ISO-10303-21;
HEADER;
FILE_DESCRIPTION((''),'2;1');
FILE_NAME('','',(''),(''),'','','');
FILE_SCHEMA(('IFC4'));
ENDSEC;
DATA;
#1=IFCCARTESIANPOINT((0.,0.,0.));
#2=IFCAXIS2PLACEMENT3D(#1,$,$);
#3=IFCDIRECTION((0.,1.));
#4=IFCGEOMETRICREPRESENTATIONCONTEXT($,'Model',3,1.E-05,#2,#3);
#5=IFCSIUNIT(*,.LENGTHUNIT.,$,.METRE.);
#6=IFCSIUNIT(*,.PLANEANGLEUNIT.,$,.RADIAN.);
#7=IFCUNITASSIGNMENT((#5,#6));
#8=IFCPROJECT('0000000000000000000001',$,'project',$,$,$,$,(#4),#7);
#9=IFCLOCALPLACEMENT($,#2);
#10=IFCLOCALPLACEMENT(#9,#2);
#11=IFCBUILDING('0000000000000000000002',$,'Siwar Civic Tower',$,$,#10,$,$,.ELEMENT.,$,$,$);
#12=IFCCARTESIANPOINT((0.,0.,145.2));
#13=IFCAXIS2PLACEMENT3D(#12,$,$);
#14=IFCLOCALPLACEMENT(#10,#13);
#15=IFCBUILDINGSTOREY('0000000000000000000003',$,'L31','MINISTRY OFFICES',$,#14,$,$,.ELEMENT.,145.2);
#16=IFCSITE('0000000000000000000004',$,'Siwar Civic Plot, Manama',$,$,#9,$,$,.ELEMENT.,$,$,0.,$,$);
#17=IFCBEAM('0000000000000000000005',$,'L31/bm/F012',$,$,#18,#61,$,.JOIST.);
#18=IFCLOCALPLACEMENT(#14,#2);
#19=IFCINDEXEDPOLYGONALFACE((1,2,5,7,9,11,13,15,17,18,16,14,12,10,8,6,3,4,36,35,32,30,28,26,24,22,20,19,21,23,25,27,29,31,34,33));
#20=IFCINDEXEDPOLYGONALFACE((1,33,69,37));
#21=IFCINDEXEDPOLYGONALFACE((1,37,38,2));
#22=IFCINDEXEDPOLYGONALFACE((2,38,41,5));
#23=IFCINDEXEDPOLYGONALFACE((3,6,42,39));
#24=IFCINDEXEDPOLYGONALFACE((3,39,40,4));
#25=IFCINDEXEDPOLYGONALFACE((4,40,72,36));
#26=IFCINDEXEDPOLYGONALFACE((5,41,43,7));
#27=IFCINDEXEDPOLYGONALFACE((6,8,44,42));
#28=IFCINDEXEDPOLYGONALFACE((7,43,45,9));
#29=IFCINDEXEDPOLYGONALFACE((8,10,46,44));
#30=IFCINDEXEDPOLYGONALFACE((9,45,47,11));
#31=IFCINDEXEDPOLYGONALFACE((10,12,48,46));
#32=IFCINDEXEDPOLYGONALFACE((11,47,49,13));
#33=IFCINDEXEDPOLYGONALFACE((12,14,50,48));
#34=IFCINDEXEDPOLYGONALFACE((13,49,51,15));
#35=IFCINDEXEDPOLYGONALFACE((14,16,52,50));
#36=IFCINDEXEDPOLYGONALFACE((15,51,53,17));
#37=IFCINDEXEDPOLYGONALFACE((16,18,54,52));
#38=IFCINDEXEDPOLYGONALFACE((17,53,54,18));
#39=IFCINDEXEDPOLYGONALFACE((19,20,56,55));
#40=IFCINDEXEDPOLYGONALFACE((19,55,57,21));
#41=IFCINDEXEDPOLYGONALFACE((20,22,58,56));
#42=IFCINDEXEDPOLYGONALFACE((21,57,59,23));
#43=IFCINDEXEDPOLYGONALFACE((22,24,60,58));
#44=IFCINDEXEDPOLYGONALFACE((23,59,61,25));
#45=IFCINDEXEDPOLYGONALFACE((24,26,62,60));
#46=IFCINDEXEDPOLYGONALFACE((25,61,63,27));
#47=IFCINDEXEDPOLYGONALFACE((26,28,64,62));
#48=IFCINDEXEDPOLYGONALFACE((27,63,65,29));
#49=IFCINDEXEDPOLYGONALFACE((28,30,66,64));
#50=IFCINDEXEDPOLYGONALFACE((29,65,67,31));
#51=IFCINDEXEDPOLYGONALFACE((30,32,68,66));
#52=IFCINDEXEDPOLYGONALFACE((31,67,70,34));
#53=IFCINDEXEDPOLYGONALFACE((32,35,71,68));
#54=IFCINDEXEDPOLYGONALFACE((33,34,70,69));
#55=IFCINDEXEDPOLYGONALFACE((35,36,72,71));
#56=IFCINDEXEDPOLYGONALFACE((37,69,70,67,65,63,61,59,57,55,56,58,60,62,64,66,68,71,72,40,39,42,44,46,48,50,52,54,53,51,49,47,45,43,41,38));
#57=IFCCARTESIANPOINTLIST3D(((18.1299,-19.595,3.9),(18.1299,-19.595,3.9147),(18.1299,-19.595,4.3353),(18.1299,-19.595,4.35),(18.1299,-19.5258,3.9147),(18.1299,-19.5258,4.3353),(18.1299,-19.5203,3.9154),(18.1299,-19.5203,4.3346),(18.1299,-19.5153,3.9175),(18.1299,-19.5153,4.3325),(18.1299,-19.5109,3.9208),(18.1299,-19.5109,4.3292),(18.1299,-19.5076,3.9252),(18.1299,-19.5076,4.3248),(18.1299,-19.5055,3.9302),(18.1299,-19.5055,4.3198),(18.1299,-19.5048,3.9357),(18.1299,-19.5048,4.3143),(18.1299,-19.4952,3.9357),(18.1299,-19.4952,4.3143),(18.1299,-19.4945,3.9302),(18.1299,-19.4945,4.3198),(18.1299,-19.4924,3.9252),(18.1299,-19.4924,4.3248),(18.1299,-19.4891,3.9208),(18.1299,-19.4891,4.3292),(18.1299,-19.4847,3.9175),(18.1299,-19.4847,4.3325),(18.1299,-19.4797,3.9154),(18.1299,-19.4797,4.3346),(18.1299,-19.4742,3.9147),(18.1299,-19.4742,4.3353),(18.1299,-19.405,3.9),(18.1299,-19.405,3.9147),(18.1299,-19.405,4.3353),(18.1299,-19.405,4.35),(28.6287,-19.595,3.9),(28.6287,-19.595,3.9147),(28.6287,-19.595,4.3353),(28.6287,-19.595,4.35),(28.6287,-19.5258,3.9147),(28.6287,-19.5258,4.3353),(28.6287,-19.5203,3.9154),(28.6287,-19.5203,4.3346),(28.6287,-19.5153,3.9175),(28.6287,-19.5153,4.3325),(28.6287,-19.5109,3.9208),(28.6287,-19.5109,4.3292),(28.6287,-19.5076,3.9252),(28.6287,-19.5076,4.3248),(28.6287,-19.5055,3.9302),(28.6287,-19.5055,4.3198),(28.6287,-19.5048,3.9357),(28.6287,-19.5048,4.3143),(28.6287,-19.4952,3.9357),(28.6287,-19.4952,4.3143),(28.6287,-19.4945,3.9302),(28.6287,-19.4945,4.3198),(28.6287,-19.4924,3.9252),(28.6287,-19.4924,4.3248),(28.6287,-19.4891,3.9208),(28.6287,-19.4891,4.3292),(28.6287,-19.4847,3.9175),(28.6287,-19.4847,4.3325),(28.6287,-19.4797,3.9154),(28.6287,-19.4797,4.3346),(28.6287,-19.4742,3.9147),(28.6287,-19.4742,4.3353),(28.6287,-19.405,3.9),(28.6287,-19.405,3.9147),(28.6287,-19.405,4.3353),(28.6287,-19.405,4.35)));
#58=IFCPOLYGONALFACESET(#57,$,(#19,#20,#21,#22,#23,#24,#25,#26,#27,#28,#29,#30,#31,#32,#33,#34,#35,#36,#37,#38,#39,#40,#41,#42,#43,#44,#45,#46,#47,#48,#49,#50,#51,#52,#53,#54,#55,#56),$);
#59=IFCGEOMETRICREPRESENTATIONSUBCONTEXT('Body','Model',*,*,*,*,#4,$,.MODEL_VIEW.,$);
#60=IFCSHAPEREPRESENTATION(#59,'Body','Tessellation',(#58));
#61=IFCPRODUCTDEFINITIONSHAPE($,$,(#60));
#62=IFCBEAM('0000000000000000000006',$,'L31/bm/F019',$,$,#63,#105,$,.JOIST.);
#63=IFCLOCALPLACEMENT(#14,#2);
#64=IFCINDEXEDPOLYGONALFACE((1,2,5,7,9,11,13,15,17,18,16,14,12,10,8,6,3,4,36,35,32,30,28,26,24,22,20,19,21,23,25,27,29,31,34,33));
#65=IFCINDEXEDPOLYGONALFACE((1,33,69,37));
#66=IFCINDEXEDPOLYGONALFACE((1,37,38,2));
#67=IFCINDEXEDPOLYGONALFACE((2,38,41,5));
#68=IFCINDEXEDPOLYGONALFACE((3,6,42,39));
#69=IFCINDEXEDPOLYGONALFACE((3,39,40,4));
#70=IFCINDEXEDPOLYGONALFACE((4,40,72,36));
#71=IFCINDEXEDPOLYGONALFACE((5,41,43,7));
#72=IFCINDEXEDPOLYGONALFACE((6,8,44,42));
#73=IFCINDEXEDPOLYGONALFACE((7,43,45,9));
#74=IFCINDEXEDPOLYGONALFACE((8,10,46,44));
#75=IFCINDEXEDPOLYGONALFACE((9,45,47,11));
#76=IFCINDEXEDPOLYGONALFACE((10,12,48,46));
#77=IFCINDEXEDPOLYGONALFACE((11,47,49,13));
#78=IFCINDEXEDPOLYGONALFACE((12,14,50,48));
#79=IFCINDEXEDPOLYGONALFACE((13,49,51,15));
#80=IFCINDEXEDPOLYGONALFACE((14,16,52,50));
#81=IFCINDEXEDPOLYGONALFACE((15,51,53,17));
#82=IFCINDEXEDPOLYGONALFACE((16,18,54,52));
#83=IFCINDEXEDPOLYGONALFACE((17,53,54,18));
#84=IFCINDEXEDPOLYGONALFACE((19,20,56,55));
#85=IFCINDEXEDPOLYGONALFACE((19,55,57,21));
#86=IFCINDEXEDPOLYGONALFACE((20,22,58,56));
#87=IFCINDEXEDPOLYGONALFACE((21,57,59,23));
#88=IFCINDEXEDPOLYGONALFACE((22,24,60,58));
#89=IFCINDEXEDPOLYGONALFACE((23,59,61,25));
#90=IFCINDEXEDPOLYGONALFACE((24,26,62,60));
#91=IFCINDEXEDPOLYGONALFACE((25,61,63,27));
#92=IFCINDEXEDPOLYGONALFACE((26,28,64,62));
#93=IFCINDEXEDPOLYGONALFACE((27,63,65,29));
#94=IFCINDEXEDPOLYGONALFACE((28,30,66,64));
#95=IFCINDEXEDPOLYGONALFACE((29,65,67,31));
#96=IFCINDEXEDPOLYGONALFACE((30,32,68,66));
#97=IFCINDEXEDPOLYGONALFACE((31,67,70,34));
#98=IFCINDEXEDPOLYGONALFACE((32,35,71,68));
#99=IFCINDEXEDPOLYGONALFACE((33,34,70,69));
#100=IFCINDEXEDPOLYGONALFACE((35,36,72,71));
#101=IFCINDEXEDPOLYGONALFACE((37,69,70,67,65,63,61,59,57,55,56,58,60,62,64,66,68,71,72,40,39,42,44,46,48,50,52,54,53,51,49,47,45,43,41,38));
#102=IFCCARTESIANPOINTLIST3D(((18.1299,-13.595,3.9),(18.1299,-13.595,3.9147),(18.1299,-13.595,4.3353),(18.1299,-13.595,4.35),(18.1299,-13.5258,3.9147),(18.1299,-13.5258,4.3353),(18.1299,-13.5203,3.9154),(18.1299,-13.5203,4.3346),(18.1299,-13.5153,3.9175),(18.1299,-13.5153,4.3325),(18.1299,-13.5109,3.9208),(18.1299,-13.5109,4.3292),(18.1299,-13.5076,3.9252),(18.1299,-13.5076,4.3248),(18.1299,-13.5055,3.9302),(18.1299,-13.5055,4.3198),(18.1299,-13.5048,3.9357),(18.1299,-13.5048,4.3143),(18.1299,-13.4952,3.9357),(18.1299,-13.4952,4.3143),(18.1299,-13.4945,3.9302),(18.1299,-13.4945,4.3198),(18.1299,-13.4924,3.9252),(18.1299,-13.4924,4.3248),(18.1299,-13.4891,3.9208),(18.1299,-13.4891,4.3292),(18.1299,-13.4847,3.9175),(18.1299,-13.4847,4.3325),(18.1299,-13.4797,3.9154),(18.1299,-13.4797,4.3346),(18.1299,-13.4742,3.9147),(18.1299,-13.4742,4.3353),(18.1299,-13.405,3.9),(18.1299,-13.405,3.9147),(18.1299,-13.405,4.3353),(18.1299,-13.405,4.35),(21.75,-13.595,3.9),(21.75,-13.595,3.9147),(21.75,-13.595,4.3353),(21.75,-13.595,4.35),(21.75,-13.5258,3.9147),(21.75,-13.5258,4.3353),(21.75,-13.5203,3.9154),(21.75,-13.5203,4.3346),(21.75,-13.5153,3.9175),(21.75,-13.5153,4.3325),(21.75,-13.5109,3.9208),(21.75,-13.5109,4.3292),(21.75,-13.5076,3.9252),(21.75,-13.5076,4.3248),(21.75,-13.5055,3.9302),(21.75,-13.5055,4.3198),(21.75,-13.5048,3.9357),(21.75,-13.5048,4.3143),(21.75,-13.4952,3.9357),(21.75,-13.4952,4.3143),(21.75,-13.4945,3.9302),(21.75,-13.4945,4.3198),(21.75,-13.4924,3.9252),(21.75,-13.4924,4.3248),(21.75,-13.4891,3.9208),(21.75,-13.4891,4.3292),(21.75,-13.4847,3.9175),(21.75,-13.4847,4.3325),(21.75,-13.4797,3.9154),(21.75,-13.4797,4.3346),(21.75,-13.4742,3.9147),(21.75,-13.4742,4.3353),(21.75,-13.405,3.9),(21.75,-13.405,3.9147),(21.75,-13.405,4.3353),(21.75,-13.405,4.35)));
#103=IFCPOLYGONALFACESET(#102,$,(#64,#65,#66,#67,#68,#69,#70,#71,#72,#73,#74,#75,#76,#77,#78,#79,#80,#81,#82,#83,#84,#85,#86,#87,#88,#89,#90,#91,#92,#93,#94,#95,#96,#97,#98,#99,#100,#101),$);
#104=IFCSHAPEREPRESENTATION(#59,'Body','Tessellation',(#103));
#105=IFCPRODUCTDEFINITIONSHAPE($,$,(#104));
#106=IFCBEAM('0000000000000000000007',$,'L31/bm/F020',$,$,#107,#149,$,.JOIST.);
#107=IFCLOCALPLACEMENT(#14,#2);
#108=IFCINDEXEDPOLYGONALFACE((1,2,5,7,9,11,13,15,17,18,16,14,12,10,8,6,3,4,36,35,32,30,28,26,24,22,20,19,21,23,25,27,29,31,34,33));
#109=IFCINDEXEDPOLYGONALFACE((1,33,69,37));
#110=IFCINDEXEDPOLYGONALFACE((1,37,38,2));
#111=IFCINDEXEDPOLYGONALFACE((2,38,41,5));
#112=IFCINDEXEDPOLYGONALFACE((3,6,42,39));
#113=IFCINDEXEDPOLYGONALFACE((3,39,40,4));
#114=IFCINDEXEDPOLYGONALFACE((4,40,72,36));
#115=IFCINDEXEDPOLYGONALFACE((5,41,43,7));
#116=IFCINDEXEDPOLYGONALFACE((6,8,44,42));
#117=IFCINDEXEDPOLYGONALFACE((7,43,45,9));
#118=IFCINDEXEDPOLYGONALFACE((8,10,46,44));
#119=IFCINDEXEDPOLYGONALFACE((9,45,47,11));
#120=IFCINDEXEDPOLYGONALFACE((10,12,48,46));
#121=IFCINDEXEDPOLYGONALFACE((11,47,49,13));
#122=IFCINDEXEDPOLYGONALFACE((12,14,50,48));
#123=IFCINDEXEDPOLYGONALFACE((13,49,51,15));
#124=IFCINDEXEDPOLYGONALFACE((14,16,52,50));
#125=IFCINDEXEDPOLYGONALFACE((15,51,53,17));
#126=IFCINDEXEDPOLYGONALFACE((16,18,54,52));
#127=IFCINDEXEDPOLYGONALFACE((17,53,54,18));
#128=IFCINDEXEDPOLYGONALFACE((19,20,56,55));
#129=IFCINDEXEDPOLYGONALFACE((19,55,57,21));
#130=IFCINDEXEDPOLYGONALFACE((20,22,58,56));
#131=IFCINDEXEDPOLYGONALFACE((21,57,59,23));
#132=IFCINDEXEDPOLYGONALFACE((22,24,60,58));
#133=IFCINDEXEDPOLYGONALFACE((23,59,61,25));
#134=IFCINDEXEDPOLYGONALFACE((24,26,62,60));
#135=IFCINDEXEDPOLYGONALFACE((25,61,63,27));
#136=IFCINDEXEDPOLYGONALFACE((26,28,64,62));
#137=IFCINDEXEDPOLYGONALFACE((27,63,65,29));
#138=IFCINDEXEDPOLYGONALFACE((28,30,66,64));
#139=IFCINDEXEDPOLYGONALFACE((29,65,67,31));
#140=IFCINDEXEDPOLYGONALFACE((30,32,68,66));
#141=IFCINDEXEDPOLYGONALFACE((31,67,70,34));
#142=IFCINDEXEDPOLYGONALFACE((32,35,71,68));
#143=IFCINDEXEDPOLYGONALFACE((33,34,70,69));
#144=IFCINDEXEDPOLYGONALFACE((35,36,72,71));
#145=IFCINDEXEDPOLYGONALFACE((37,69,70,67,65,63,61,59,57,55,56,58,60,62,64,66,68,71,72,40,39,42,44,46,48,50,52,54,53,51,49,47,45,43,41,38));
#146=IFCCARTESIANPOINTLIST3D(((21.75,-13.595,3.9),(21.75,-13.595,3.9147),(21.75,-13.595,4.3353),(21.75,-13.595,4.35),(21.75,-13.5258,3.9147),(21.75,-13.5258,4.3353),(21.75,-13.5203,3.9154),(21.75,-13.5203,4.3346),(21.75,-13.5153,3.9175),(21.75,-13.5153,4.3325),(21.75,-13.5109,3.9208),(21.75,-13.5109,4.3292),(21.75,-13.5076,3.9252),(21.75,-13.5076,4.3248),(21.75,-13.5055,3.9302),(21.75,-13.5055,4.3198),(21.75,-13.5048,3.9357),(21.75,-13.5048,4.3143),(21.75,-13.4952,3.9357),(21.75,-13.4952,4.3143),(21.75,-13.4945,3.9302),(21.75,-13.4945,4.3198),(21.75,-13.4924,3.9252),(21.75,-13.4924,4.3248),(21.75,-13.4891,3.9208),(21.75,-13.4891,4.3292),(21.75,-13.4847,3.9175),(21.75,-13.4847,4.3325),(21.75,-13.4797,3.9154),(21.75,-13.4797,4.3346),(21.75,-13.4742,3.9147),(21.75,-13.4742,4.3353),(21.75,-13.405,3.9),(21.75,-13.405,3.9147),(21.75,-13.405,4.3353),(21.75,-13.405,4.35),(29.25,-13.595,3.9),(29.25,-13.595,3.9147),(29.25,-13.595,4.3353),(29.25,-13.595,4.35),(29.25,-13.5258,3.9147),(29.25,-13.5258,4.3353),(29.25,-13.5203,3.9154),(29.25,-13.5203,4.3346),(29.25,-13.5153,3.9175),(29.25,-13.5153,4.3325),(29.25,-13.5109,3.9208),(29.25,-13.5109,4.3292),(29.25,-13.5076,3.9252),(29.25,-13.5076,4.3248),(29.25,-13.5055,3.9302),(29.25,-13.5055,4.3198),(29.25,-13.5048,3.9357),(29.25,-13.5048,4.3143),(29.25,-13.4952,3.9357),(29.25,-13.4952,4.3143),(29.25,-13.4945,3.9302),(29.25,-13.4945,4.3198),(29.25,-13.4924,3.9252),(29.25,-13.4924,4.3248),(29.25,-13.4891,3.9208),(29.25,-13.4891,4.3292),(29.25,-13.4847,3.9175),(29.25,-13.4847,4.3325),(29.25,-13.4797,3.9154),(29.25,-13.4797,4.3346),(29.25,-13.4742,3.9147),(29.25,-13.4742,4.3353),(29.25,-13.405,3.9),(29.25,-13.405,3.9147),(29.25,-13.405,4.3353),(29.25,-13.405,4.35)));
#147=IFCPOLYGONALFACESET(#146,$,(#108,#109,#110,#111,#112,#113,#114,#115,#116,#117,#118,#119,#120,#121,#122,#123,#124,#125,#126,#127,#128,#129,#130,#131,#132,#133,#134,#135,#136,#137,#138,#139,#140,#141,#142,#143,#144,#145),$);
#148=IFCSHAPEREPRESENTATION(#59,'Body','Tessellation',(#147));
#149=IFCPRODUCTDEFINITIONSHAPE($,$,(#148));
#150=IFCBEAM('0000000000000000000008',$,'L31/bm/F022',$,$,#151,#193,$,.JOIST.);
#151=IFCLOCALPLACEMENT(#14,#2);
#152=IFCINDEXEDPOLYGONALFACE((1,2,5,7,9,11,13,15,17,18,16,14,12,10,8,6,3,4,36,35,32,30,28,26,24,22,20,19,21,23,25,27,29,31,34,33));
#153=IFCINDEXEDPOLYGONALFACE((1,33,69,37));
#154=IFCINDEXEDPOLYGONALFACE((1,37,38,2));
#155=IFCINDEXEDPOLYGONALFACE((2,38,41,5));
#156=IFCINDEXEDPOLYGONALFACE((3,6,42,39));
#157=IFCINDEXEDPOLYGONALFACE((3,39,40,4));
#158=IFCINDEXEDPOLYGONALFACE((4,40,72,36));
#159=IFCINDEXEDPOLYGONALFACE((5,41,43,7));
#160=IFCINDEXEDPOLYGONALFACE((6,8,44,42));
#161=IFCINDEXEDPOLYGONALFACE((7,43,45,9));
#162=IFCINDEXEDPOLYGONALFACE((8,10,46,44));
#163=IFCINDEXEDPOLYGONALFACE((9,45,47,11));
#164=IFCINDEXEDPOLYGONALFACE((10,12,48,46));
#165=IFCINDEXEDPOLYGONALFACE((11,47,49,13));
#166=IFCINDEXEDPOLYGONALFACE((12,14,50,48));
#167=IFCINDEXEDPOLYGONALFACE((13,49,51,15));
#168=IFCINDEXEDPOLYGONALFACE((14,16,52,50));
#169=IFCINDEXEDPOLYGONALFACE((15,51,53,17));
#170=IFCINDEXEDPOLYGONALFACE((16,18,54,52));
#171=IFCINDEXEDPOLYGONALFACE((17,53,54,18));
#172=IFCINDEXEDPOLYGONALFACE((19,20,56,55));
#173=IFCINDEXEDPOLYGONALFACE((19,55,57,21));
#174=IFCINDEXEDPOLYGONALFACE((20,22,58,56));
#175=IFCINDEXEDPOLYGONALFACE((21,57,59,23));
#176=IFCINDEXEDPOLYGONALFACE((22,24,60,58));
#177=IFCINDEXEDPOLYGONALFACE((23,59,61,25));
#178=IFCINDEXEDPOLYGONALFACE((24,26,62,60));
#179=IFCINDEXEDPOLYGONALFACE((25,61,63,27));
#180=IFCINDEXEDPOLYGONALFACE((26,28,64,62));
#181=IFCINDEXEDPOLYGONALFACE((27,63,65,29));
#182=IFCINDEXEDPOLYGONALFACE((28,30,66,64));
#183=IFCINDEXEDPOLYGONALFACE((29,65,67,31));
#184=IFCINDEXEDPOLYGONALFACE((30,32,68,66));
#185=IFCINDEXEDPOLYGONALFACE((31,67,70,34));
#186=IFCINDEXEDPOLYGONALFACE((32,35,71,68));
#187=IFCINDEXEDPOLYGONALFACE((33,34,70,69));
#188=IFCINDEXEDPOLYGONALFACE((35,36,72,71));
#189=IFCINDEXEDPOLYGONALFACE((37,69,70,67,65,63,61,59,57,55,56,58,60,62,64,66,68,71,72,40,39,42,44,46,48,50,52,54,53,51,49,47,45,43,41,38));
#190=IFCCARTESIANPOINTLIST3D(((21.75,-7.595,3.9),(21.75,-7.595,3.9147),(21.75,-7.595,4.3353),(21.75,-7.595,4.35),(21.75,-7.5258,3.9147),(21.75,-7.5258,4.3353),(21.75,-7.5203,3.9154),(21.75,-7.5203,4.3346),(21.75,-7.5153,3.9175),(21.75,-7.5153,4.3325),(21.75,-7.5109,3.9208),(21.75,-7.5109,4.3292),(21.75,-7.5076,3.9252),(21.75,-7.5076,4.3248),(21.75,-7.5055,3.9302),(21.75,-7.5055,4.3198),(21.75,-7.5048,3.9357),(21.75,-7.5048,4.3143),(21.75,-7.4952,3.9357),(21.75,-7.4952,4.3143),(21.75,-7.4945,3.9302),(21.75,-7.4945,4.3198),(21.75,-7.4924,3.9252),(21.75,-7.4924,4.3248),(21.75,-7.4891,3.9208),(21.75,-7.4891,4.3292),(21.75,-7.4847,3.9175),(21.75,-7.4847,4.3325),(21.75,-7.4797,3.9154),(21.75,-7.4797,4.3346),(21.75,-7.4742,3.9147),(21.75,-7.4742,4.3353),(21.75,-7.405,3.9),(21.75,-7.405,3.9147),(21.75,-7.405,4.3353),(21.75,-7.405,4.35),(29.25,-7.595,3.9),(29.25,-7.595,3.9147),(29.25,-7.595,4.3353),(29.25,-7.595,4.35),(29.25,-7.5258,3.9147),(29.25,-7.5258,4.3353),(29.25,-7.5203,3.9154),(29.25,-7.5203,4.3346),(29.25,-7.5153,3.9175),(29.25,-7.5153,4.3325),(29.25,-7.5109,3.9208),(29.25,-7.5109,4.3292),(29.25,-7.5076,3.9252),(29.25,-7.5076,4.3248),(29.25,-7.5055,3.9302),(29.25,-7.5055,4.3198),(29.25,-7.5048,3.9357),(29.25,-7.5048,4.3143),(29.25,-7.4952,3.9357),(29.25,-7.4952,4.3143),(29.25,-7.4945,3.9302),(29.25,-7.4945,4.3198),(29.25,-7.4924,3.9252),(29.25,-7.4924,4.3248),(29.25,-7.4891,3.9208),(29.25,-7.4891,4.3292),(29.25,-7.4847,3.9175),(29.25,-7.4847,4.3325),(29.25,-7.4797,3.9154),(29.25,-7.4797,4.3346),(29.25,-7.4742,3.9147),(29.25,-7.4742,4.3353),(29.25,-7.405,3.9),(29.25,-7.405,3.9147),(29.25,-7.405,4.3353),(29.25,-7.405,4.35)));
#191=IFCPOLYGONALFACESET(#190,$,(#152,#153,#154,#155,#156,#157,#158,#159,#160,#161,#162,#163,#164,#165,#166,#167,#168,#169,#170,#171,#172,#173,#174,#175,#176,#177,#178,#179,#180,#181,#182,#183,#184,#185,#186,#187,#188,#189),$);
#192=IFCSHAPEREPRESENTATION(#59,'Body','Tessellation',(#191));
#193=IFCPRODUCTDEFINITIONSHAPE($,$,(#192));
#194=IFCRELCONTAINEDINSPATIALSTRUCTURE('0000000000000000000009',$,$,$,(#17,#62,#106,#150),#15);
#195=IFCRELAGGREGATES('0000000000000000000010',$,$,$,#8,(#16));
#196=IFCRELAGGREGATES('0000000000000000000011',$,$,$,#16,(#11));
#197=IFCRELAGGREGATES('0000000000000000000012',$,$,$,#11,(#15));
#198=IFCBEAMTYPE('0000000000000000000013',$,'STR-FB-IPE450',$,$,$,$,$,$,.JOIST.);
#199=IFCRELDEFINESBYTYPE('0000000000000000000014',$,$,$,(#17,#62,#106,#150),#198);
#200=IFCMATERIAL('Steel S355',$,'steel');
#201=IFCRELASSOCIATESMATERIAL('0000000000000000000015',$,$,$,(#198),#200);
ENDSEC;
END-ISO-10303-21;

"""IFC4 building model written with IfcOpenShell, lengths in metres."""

from ifc_helpers import new_model, si_unit, direction, frame, origin, origin_2d, place, context, subcontext, project, spatial, i_section, extrude, material, material_profile, profile_set, type_object, element, save


model = new_model("IFC4")

# Units and contexts
model_context = context("Model", 3, precision=1e-05, world=origin(), true_north=direction((0.0, 1.0)))
body_context = subcontext(model_context, "Body", "Model", "MODEL_VIEW")
ifc_project = project(units=[si_unit("LENGTHUNIT", "METRE"), si_unit("PLANEANGLEUNIT", "RADIAN")], contexts=[model_context])

# Site, building, storey
site_placement = place(None, origin())
site = spatial("IfcSite", under=ifc_project, at=site_placement, Name="Siwar Civic Plot, Manama", CompositionType="ELEMENT", RefElevation=0.0)
building_placement = place(site_placement, origin())
building = spatial("IfcBuilding", under=site, at=building_placement, Name="Siwar Civic Tower", CompositionType="ELEMENT")
storey_placement = place(building_placement, frame((0.0, 0.0, 145.2)))
storey = spatial("IfcBuildingStorey", under=building, at=storey_placement, Name="L31", Description="MINISTRY OFFICES", CompositionType="ELEMENT", Elevation=145.2)

# Beams
ifc_material_1 = material(Name="Steel S355", Category="steel")
ifc_material_profile_1 = material_profile(ifc_material_1, i_section(OverallWidth=0.1899, OverallDepth=0.45, WebThickness=0.0095, FlangeThickness=0.0146, FilletRadius=0.021, at=origin_2d()), Name="IPE450")
ifc_profile_set_1 = profile_set([ifc_material_profile_1], Name="Steel S355")
beam_type_1 = type_object("IfcBeamType", Name="STR-FB-IPE450", PredefinedType="JOIST", material=ifc_profile_set_1)
beam_1_placement = place(storey_placement, frame((18.1299, -19.5, 4.125), z_axis=(1.0, 0.0, 0.0), x_axis=(0.0, 1.0, 0.0)))
element("IfcBeam", 1, at=beam_1_placement, inside=storey, type_object=beam_type_1, Name="L31/bm/F012", PredefinedType="JOIST", context=body_context, shape_type="SweptSolid", body=[
    extrude(i_section(OverallWidth=0.1899, OverallDepth=0.45, WebThickness=0.0095, FlangeThickness=0.0146, FilletRadius=0.021, at=origin_2d()), origin(), (0.0, 0.0, 1.0), 10.4988),
])
beam_2_placement = place(storey_placement, frame((18.1299, -13.5, 4.125), z_axis=(1.0, 0.0, 0.0), x_axis=(0.0, 1.0, 0.0)))
element("IfcBeam", 2, at=beam_2_placement, inside=storey, type_object=beam_type_1, Name="L31/bm/F019", PredefinedType="JOIST", context=body_context, shape_type="SweptSolid", body=[
    extrude(i_section(OverallWidth=0.1899, OverallDepth=0.45, WebThickness=0.0095, FlangeThickness=0.0146, FilletRadius=0.021, at=origin_2d()), origin(), (0.0, 0.0, 1.0), 3.6201),
])
for number, where, z_axis, x_axis, name in (
    (3, (21.75, -13.5, 4.125), (1.0, 0.0, 0.0), (0.0, 1.0, 0.0), "L31/bm/F020"),
    (4, (21.75, -7.5, 4.125), (1.0, 0.0, 0.0), (0.0, 1.0, 0.0), "L31/bm/F022"),
):
    element("IfcBeam", number, at=place(storey_placement, frame(where, z_axis=z_axis, x_axis=x_axis)), inside=storey, type_object=beam_type_1, Name=name, PredefinedType="JOIST", context=body_context, shape_type="SweptSolid", body=[
        extrude(i_section(OverallWidth=0.1899, OverallDepth=0.45, WebThickness=0.0095, FlangeThickness=0.0146, FilletRadius=0.021, at=origin_2d()), origin(), (0.0, 0.0, 1.0), 7.5),
    ])

save(model, "model.ifc")
